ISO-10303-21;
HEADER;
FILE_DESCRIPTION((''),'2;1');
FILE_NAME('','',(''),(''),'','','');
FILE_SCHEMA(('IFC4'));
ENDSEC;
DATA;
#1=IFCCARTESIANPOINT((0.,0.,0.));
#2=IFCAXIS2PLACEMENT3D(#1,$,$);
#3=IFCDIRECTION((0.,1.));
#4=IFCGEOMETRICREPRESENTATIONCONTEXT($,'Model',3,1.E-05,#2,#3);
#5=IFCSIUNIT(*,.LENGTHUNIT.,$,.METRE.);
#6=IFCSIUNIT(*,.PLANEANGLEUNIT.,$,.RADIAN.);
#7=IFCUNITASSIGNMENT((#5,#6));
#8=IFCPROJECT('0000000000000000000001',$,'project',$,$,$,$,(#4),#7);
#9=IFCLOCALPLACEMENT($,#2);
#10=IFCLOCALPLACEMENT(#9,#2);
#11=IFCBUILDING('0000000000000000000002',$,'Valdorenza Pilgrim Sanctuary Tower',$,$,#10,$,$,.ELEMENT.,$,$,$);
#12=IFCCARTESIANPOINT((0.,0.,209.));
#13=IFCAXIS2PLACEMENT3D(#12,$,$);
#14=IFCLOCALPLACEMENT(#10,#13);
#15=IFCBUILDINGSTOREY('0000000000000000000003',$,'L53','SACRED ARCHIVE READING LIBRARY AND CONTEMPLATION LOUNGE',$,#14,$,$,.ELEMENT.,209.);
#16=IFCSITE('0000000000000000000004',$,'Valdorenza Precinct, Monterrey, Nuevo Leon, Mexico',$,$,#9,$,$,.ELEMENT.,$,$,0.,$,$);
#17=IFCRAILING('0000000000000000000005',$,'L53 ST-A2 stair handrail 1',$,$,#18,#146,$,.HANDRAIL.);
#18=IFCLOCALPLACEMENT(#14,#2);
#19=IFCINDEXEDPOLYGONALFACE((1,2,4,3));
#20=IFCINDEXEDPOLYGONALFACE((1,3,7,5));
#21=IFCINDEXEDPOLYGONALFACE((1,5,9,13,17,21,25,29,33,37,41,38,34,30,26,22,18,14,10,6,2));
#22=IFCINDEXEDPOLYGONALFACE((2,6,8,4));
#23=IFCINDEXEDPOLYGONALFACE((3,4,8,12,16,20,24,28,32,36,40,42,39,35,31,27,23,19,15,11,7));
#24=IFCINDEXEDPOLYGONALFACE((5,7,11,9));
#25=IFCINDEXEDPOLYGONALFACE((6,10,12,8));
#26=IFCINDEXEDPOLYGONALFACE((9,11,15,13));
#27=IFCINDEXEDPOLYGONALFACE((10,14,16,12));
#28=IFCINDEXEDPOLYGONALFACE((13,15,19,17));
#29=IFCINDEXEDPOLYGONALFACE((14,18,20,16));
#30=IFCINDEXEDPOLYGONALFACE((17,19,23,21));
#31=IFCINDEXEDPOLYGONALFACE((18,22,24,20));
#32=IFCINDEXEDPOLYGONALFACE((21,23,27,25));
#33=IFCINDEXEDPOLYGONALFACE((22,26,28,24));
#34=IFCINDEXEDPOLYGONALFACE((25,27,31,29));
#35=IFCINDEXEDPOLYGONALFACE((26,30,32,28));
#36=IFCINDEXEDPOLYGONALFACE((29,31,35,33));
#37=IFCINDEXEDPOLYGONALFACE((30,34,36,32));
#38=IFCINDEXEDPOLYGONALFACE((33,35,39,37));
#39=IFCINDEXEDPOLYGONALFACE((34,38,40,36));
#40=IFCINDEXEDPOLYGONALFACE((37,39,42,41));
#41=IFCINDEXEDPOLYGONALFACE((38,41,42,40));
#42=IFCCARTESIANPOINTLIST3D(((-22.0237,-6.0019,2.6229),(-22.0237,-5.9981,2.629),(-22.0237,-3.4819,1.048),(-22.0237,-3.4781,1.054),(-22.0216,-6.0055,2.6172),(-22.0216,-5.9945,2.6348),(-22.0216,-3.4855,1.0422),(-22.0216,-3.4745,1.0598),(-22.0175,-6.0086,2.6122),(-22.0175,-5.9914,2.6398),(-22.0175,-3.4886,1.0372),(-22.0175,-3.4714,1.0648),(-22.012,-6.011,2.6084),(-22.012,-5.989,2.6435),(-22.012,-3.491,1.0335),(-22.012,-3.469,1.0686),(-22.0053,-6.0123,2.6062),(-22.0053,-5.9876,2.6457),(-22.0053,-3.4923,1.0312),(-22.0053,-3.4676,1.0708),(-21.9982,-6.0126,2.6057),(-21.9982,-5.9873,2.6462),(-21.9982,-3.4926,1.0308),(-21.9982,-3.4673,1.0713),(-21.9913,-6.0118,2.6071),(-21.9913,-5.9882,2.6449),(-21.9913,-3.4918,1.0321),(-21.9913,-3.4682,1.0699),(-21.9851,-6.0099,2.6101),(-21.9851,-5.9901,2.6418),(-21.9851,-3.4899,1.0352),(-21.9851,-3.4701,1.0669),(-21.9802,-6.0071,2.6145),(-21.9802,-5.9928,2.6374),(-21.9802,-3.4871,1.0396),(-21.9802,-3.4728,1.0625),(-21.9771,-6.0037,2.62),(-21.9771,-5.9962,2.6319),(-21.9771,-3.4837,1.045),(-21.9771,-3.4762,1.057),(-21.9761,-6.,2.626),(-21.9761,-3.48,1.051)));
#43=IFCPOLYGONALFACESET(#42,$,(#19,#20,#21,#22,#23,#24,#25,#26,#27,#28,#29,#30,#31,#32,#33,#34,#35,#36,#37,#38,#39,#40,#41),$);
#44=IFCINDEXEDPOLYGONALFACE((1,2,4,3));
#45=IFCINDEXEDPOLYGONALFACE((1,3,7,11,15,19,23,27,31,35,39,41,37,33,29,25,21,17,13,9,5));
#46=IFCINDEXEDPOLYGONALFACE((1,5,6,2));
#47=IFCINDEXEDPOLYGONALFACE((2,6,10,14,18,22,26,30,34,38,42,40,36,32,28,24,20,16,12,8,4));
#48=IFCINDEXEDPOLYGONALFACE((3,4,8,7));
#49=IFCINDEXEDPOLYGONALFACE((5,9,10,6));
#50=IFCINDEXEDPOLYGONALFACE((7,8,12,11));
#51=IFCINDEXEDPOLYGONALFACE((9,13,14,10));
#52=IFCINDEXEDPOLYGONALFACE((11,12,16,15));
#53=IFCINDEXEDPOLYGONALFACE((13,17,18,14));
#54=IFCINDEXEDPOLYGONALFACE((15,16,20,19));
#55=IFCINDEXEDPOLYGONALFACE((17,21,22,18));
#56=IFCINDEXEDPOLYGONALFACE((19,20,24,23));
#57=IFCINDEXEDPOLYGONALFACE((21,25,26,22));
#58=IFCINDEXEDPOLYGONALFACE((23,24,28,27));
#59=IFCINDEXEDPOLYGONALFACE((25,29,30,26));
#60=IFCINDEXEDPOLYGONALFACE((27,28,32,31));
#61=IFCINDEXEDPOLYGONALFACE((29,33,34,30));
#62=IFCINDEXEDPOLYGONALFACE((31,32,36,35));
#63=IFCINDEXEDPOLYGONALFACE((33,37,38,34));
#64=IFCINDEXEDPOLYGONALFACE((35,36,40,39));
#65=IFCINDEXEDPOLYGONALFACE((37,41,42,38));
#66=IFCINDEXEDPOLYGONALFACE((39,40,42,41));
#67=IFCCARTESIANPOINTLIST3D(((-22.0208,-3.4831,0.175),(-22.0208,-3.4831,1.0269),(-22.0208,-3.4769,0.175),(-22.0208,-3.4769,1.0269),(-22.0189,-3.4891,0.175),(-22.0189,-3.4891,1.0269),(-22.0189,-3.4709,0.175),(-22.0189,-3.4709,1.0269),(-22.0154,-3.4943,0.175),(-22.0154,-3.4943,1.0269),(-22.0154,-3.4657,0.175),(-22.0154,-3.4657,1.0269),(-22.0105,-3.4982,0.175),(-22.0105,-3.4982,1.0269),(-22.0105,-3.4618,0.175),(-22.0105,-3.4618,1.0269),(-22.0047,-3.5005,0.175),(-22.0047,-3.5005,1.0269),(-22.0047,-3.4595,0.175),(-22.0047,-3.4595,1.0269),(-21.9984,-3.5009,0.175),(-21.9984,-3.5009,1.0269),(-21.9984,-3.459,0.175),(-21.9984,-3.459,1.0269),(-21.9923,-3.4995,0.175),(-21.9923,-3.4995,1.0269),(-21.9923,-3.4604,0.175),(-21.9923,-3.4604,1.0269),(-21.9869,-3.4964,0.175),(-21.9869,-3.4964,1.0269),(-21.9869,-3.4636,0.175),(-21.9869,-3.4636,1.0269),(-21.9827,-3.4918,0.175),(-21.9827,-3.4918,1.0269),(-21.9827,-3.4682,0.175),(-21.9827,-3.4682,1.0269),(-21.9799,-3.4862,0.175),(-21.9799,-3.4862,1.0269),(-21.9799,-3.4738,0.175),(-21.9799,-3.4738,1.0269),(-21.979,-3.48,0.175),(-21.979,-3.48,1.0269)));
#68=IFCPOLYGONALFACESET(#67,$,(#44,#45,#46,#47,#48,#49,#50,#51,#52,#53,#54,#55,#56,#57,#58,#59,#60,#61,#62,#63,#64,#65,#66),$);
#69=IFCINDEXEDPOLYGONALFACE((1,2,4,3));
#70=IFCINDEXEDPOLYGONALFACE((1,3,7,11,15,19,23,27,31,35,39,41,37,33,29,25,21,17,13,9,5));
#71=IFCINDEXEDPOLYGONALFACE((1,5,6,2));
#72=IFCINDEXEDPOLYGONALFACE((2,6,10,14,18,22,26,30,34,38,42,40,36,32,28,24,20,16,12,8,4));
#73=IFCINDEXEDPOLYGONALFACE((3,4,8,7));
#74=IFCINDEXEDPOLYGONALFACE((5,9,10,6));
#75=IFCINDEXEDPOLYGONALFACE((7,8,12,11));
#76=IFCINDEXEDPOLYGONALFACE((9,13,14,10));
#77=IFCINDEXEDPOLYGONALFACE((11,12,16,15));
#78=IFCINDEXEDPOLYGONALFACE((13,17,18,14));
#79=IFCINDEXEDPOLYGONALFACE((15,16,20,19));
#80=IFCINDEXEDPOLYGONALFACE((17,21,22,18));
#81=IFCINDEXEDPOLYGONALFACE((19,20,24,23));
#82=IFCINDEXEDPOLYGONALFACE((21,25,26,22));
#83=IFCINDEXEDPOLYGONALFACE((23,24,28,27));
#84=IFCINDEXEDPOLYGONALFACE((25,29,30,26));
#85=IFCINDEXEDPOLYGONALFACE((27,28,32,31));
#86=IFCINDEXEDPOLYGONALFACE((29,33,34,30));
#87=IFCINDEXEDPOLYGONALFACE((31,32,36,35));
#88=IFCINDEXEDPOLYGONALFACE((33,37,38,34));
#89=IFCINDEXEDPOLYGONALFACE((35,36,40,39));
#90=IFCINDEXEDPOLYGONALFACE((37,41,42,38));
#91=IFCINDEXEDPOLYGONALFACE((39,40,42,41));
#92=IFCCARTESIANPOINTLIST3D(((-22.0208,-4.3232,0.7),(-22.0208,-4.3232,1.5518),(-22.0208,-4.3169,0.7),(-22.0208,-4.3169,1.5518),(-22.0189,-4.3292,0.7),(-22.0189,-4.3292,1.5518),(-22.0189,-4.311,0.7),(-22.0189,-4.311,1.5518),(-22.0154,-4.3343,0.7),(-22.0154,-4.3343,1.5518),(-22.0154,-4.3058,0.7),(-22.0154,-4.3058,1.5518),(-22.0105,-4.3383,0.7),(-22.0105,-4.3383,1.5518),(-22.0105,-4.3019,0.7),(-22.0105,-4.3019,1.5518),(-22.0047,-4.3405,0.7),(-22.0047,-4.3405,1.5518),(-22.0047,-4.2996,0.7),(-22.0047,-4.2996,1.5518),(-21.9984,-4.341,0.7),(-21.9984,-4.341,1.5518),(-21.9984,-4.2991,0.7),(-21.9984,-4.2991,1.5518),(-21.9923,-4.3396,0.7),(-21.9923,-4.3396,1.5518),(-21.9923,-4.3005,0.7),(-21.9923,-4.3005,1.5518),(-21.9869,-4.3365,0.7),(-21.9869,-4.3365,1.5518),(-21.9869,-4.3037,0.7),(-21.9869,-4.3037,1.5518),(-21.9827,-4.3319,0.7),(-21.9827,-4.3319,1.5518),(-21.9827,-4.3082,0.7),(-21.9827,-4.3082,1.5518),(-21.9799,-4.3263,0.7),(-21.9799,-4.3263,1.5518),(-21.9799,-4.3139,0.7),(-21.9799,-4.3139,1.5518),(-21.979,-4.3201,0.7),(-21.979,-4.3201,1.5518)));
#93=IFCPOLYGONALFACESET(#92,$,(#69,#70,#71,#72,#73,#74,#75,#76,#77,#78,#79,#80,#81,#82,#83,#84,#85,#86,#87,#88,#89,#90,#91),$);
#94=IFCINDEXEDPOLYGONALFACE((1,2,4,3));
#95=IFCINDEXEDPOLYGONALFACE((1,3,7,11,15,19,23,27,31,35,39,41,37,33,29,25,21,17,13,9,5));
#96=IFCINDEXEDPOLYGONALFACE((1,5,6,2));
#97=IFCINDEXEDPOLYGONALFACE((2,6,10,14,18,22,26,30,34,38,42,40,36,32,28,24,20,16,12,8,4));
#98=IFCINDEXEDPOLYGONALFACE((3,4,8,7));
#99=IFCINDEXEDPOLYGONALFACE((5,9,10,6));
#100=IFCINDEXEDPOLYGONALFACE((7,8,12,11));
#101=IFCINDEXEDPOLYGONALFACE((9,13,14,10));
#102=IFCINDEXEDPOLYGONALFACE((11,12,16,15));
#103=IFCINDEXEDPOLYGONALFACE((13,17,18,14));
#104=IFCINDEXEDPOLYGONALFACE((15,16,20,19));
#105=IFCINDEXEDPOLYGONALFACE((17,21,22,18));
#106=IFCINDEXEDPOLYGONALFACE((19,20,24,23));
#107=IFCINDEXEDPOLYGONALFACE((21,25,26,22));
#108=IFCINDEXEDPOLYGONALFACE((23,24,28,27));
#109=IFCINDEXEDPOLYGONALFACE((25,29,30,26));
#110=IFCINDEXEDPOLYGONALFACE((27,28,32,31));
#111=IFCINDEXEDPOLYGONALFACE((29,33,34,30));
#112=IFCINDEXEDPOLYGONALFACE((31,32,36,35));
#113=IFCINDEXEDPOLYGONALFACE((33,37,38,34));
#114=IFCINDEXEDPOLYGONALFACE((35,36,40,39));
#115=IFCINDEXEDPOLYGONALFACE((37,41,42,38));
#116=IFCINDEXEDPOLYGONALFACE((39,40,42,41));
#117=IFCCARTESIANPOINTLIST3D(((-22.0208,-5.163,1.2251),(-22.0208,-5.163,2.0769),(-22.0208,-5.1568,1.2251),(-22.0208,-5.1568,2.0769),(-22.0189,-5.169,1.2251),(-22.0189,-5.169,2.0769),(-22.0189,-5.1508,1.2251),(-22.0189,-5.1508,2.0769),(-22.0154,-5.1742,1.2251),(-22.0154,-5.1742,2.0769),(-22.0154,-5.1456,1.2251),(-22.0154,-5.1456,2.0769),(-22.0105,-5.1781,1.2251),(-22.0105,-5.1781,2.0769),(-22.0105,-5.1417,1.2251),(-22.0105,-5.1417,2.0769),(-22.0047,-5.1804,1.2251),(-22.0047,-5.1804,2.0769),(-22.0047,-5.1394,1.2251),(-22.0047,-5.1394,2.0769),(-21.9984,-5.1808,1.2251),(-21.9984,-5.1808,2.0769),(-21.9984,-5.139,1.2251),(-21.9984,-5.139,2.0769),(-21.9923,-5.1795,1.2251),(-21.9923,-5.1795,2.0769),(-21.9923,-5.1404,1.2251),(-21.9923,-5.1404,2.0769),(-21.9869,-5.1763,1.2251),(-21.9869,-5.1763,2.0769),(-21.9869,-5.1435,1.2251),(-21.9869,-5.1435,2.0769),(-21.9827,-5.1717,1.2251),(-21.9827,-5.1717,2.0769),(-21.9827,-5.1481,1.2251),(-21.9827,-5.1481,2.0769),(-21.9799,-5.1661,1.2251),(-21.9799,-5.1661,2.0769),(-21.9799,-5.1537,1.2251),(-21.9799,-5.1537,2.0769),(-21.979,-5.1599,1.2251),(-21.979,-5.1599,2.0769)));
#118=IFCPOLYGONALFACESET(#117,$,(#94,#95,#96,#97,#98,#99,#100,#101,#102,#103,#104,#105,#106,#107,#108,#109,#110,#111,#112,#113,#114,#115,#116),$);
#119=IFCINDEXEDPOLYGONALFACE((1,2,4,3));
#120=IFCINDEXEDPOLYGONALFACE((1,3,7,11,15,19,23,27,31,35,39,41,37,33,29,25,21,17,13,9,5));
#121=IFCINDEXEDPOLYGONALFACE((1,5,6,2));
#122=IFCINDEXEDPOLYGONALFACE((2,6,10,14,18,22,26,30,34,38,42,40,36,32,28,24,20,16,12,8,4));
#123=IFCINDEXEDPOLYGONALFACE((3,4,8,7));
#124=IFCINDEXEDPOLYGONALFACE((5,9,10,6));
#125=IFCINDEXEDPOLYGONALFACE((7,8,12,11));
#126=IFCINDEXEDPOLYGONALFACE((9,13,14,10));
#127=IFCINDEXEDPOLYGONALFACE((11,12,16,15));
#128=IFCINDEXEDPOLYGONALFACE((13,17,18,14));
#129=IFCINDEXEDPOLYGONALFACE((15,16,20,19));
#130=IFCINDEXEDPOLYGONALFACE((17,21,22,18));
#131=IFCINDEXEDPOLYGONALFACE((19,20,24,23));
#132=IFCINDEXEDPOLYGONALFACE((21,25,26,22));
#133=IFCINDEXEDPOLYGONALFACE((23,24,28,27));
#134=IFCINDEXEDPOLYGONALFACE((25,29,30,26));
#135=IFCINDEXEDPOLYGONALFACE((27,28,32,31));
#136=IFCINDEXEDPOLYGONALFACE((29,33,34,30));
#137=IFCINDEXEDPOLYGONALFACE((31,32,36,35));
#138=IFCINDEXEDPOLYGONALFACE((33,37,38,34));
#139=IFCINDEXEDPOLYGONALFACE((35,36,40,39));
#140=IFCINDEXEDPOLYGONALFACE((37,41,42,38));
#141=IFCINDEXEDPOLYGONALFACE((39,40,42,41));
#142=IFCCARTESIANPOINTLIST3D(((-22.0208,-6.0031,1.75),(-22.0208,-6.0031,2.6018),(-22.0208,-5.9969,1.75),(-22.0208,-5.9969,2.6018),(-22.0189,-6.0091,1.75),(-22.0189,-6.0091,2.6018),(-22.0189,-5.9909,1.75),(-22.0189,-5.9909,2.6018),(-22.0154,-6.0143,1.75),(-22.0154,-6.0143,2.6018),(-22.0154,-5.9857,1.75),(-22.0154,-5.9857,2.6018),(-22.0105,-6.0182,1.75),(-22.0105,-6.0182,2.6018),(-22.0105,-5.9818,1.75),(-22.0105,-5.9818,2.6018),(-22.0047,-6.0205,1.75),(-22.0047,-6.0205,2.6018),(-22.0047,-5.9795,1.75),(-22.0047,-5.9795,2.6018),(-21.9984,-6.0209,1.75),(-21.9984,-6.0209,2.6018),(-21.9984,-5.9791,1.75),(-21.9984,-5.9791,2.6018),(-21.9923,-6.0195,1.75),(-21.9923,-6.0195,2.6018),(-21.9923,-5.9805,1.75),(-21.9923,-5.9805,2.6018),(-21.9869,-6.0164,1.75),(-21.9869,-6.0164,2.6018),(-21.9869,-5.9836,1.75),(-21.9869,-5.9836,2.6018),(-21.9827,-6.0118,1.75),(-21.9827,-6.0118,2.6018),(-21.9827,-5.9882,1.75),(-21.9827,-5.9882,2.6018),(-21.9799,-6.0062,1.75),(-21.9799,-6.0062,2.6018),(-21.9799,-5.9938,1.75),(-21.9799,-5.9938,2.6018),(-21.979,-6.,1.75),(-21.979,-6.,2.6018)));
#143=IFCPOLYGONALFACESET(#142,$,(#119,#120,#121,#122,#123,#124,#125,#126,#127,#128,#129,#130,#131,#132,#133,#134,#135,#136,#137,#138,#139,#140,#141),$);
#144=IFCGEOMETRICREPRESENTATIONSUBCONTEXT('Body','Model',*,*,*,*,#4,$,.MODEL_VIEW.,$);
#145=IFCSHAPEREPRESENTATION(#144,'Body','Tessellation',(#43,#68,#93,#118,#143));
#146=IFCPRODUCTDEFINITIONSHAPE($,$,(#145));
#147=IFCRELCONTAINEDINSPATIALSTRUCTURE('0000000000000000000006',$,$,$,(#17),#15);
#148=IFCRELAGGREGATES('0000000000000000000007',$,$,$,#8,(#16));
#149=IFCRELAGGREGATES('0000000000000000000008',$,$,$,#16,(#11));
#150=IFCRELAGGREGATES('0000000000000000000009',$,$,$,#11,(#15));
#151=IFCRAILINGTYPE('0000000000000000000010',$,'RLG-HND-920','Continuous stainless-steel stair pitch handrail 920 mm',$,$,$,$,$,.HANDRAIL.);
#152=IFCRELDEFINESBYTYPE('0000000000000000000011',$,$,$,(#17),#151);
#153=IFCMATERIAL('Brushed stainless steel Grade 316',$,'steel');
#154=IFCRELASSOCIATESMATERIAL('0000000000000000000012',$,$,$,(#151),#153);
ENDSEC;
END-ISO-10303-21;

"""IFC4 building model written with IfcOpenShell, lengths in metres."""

from ifc_helpers import new_model, si_unit, direction, frame, origin, origin_2d, place, context, subcontext, project, spatial, circle, extrude, material, type_object, element, save


model = new_model("IFC4")

# Units and contexts
model_context = context("Model", 3, precision=1e-05, world=origin(), true_north=direction((0.0, 1.0)))
body_context = subcontext(model_context, "Body", "Model", "MODEL_VIEW")
ifc_project = project(units=[si_unit("LENGTHUNIT", "METRE"), si_unit("PLANEANGLEUNIT", "RADIAN")], contexts=[model_context])

# Site, building, storey
site_placement = place(None, origin())
site = spatial("IfcSite", under=ifc_project, at=site_placement, Name="Valdorenza Precinct, Monterrey, Nuevo Leon, Mexico", CompositionType="ELEMENT", RefElevation=0.0)
building_placement = place(site_placement, origin())
building = spatial("IfcBuilding", under=site, at=building_placement, Name="Valdorenza Pilgrim Sanctuary Tower", CompositionType="ELEMENT")
storey_placement = place(building_placement, frame((0.0, 0.0, 209.0)))
storey = spatial("IfcBuildingStorey", under=building, at=storey_placement, Name="L53", Description="SACRED ARCHIVE READING LIBRARY AND CONTEMPLATION LOUNGE", CompositionType="ELEMENT", Elevation=209.0)

# Railing
ifc_material_1 = material(Name="Brushed stainless steel Grade 316", Category="steel")
railing_type_1 = type_object("IfcRailingType", Name="RLG-HND-920", Description="Continuous stainless-steel stair pitch handrail 920 mm", PredefinedType="HANDRAIL", material=ifc_material_1)
railing_1_placement = place(storey_placement, frame((-22.0, -3.48, 0.175)))
element("IfcRailing", 1, at=railing_1_placement, inside=storey, type_object=railing_type_1, Name="L53 ST-A2 stair handrail 1", PredefinedType="HANDRAIL", context=body_context, shape_type="SweptSolid", body=[
    extrude(circle(Radius=0.0239, at=origin_2d()), frame((0.0, 0.0, 0.876), z_axis=(0.0, -0.848008, 0.529984), x_axis=(1.0, 0.0, 0.0)), (0.0, 0.0, 1.0), 2.9717),
    extrude(circle(Radius=0.021, at=origin_2d()), origin(), (0.0, 0.0, 1.0), 0.8518),
    extrude(circle(Radius=0.021, at=origin_2d()), frame((0.0, -0.8401, 0.5249)), (0.0, 0.0, 1.0), 0.8518),
    extrude(circle(Radius=0.021, at=origin_2d()), frame((0.0, -1.6799, 1.05)), (0.0, 0.0, 1.0), 0.8518),
    extrude(circle(Radius=0.021, at=origin_2d()), frame((0.0, -2.52, 1.575)), (0.0, 0.0, 1.0), 0.8518),
])

save(model, "model.ifc")
